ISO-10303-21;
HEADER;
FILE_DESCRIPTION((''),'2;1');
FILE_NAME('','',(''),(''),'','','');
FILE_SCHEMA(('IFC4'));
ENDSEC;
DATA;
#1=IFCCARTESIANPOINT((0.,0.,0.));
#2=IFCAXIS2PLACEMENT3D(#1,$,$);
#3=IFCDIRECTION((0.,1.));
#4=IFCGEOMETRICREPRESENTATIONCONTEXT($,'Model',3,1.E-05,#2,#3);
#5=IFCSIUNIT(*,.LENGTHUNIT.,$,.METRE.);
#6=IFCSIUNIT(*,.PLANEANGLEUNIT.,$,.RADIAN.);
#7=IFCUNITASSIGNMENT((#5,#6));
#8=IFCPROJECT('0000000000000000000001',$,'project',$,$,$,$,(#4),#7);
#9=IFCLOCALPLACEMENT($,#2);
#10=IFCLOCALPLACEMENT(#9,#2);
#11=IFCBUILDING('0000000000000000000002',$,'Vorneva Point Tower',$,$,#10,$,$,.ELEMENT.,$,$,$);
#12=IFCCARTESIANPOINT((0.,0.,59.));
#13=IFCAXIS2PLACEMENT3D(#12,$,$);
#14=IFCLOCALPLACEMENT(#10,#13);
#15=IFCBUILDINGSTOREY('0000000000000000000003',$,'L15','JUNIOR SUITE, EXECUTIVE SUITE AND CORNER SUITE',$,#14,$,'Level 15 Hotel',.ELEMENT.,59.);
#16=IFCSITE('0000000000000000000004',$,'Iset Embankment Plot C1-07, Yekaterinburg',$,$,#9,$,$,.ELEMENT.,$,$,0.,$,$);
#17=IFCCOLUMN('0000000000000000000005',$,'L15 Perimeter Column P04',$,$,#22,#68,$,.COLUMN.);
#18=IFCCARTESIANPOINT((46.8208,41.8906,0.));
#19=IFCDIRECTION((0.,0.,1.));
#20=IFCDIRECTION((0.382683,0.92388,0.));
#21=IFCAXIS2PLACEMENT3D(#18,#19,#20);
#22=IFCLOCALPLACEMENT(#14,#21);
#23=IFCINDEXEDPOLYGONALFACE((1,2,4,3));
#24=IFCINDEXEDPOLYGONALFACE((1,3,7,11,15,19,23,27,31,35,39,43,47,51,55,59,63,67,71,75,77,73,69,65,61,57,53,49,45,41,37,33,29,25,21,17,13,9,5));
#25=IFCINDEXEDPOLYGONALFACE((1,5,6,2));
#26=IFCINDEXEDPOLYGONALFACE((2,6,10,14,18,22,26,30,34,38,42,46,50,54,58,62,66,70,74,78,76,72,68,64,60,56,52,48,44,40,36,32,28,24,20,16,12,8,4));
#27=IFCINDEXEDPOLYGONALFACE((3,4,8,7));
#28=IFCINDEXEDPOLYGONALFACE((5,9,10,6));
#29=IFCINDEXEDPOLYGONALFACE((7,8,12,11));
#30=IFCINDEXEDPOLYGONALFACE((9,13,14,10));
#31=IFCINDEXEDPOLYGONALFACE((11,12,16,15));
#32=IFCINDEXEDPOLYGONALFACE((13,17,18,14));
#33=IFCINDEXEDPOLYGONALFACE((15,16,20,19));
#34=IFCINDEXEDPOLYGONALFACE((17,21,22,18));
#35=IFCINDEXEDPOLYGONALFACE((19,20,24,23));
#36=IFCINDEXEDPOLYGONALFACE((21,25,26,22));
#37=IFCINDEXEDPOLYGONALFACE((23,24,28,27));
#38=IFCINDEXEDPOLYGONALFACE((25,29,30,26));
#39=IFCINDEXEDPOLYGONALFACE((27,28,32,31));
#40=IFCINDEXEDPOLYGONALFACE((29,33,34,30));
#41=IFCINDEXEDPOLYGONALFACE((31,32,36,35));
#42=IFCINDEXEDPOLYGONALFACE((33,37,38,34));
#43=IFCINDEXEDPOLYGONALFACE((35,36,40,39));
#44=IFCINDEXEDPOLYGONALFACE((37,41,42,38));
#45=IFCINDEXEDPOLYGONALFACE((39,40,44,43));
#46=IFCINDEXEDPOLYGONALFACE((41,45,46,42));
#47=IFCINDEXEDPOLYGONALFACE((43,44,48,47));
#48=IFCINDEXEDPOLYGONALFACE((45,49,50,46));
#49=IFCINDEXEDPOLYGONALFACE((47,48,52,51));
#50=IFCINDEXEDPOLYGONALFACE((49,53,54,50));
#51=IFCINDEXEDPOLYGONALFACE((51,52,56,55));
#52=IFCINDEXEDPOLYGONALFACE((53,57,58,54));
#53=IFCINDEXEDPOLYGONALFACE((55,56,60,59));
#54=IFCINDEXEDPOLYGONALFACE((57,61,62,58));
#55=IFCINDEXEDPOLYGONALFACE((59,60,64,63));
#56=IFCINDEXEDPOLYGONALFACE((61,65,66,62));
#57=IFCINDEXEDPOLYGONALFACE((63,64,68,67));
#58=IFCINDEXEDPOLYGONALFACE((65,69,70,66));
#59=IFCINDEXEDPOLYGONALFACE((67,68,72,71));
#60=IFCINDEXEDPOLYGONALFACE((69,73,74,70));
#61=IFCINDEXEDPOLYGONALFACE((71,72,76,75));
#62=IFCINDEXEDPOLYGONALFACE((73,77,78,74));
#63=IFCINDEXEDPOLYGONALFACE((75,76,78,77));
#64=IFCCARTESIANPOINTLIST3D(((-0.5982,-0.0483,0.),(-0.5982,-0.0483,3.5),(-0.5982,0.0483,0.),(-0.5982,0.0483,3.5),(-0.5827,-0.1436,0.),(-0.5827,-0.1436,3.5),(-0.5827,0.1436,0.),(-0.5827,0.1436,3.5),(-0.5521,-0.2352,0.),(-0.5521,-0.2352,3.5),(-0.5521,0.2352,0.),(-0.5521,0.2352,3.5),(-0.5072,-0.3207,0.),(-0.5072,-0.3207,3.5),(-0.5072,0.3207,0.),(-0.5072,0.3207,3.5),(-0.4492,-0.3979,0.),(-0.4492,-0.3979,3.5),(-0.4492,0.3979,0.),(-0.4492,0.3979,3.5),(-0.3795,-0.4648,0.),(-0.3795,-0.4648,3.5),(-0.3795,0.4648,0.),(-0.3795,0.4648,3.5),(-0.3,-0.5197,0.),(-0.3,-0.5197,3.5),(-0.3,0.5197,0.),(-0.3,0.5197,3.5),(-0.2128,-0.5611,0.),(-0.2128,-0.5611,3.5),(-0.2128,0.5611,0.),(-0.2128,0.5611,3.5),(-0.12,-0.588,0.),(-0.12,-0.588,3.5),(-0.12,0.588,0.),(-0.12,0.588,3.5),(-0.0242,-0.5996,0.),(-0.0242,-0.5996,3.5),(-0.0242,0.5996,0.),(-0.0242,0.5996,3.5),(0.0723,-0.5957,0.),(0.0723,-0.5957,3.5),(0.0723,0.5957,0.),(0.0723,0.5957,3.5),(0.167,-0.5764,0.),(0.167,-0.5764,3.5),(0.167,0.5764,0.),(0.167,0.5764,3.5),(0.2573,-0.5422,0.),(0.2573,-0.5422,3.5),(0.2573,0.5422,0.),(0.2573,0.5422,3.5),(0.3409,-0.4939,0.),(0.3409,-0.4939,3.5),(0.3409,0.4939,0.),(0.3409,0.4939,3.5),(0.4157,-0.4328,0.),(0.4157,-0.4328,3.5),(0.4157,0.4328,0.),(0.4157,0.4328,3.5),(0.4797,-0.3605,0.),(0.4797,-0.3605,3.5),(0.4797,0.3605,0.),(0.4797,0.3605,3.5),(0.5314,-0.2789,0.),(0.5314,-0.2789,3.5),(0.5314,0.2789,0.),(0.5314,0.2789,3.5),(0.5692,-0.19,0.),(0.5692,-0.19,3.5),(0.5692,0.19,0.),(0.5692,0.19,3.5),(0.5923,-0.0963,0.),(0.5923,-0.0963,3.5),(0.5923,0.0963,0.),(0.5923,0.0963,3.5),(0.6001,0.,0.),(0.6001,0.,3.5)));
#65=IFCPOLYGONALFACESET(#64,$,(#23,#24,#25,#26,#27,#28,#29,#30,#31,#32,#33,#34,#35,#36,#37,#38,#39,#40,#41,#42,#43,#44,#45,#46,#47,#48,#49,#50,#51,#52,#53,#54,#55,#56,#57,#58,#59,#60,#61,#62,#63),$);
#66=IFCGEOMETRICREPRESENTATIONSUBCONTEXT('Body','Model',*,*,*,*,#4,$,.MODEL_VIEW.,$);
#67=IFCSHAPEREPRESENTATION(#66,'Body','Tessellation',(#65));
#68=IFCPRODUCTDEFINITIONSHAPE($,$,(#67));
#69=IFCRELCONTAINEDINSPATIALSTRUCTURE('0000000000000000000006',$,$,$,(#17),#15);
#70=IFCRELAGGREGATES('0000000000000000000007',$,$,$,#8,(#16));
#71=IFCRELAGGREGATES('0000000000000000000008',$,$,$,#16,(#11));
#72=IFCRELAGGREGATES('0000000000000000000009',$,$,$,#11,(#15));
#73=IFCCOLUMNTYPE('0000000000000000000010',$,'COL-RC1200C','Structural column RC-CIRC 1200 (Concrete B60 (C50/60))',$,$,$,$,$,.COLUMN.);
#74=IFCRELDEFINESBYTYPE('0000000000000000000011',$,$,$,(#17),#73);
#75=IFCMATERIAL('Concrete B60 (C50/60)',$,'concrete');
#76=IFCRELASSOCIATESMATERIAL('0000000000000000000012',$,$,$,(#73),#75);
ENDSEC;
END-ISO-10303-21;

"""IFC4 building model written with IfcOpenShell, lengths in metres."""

from ifc_helpers import new_model, si_unit, direction, frame, origin, origin_2d, place, context, subcontext, project, spatial, circle, extrude, material, material_profile, profile_set, type_object, element, save


model = new_model("IFC4")

# Units and contexts
model_context = context("Model", 3, precision=1e-05, world=origin(), true_north=direction((0.0, 1.0)))
body_context = subcontext(model_context, "Body", "Model", "MODEL_VIEW")
ifc_project = project(units=[si_unit("LENGTHUNIT", "METRE"), si_unit("PLANEANGLEUNIT", "RADIAN")], contexts=[model_context])

# Site, building, storey
site_placement = place(None, origin())
site = spatial("IfcSite", under=ifc_project, at=site_placement, Name="Iset Embankment Plot C1-07, Yekaterinburg", CompositionType="ELEMENT", RefElevation=0.0)
building_placement = place(site_placement, origin())
building = spatial("IfcBuilding", under=site, at=building_placement, Name="Vorneva Point Tower", CompositionType="ELEMENT")
storey_placement = place(building_placement, frame((0.0, 0.0, 59.0)))
storey = spatial("IfcBuildingStorey", under=building, at=storey_placement, Name="L15", Description="JUNIOR SUITE, EXECUTIVE SUITE AND CORNER SUITE", LongName="Level 15 Hotel", CompositionType="ELEMENT", Elevation=59.0)

# Column
ifc_material_1 = material(Name="Concrete B60 (C50/60)", Category="concrete")
ifc_material_profile_1 = material_profile(ifc_material_1, circle(Radius=0.6001, at=origin_2d()), Name="RC-CIRC 1200")
ifc_profile_set_1 = profile_set([ifc_material_profile_1], Name="Concrete B60 (C50/60)")
column_type_1 = type_object("IfcColumnType", Name="COL-RC1200C", Description="Structural column RC-CIRC 1200 (Concrete B60 (C50/60))", PredefinedType="COLUMN", material=ifc_profile_set_1)
column_placement = place(storey_placement, frame((46.8208, 41.8906, 0.0), z_axis=(0.0, 0.0, 1.0), x_axis=(0.382683, 0.92388, 0.0)))
element("IfcColumn", 1, at=column_placement, inside=storey, type_object=column_type_1, Name="L15 Perimeter Column P04", PredefinedType="COLUMN", context=body_context, shape_type="SweptSolid", body=[
    extrude(circle(Radius=0.6001, at=origin_2d()), origin(), (0.0, 0.0, 1.0), 3.5),
])

save(model, "model.ifc")
